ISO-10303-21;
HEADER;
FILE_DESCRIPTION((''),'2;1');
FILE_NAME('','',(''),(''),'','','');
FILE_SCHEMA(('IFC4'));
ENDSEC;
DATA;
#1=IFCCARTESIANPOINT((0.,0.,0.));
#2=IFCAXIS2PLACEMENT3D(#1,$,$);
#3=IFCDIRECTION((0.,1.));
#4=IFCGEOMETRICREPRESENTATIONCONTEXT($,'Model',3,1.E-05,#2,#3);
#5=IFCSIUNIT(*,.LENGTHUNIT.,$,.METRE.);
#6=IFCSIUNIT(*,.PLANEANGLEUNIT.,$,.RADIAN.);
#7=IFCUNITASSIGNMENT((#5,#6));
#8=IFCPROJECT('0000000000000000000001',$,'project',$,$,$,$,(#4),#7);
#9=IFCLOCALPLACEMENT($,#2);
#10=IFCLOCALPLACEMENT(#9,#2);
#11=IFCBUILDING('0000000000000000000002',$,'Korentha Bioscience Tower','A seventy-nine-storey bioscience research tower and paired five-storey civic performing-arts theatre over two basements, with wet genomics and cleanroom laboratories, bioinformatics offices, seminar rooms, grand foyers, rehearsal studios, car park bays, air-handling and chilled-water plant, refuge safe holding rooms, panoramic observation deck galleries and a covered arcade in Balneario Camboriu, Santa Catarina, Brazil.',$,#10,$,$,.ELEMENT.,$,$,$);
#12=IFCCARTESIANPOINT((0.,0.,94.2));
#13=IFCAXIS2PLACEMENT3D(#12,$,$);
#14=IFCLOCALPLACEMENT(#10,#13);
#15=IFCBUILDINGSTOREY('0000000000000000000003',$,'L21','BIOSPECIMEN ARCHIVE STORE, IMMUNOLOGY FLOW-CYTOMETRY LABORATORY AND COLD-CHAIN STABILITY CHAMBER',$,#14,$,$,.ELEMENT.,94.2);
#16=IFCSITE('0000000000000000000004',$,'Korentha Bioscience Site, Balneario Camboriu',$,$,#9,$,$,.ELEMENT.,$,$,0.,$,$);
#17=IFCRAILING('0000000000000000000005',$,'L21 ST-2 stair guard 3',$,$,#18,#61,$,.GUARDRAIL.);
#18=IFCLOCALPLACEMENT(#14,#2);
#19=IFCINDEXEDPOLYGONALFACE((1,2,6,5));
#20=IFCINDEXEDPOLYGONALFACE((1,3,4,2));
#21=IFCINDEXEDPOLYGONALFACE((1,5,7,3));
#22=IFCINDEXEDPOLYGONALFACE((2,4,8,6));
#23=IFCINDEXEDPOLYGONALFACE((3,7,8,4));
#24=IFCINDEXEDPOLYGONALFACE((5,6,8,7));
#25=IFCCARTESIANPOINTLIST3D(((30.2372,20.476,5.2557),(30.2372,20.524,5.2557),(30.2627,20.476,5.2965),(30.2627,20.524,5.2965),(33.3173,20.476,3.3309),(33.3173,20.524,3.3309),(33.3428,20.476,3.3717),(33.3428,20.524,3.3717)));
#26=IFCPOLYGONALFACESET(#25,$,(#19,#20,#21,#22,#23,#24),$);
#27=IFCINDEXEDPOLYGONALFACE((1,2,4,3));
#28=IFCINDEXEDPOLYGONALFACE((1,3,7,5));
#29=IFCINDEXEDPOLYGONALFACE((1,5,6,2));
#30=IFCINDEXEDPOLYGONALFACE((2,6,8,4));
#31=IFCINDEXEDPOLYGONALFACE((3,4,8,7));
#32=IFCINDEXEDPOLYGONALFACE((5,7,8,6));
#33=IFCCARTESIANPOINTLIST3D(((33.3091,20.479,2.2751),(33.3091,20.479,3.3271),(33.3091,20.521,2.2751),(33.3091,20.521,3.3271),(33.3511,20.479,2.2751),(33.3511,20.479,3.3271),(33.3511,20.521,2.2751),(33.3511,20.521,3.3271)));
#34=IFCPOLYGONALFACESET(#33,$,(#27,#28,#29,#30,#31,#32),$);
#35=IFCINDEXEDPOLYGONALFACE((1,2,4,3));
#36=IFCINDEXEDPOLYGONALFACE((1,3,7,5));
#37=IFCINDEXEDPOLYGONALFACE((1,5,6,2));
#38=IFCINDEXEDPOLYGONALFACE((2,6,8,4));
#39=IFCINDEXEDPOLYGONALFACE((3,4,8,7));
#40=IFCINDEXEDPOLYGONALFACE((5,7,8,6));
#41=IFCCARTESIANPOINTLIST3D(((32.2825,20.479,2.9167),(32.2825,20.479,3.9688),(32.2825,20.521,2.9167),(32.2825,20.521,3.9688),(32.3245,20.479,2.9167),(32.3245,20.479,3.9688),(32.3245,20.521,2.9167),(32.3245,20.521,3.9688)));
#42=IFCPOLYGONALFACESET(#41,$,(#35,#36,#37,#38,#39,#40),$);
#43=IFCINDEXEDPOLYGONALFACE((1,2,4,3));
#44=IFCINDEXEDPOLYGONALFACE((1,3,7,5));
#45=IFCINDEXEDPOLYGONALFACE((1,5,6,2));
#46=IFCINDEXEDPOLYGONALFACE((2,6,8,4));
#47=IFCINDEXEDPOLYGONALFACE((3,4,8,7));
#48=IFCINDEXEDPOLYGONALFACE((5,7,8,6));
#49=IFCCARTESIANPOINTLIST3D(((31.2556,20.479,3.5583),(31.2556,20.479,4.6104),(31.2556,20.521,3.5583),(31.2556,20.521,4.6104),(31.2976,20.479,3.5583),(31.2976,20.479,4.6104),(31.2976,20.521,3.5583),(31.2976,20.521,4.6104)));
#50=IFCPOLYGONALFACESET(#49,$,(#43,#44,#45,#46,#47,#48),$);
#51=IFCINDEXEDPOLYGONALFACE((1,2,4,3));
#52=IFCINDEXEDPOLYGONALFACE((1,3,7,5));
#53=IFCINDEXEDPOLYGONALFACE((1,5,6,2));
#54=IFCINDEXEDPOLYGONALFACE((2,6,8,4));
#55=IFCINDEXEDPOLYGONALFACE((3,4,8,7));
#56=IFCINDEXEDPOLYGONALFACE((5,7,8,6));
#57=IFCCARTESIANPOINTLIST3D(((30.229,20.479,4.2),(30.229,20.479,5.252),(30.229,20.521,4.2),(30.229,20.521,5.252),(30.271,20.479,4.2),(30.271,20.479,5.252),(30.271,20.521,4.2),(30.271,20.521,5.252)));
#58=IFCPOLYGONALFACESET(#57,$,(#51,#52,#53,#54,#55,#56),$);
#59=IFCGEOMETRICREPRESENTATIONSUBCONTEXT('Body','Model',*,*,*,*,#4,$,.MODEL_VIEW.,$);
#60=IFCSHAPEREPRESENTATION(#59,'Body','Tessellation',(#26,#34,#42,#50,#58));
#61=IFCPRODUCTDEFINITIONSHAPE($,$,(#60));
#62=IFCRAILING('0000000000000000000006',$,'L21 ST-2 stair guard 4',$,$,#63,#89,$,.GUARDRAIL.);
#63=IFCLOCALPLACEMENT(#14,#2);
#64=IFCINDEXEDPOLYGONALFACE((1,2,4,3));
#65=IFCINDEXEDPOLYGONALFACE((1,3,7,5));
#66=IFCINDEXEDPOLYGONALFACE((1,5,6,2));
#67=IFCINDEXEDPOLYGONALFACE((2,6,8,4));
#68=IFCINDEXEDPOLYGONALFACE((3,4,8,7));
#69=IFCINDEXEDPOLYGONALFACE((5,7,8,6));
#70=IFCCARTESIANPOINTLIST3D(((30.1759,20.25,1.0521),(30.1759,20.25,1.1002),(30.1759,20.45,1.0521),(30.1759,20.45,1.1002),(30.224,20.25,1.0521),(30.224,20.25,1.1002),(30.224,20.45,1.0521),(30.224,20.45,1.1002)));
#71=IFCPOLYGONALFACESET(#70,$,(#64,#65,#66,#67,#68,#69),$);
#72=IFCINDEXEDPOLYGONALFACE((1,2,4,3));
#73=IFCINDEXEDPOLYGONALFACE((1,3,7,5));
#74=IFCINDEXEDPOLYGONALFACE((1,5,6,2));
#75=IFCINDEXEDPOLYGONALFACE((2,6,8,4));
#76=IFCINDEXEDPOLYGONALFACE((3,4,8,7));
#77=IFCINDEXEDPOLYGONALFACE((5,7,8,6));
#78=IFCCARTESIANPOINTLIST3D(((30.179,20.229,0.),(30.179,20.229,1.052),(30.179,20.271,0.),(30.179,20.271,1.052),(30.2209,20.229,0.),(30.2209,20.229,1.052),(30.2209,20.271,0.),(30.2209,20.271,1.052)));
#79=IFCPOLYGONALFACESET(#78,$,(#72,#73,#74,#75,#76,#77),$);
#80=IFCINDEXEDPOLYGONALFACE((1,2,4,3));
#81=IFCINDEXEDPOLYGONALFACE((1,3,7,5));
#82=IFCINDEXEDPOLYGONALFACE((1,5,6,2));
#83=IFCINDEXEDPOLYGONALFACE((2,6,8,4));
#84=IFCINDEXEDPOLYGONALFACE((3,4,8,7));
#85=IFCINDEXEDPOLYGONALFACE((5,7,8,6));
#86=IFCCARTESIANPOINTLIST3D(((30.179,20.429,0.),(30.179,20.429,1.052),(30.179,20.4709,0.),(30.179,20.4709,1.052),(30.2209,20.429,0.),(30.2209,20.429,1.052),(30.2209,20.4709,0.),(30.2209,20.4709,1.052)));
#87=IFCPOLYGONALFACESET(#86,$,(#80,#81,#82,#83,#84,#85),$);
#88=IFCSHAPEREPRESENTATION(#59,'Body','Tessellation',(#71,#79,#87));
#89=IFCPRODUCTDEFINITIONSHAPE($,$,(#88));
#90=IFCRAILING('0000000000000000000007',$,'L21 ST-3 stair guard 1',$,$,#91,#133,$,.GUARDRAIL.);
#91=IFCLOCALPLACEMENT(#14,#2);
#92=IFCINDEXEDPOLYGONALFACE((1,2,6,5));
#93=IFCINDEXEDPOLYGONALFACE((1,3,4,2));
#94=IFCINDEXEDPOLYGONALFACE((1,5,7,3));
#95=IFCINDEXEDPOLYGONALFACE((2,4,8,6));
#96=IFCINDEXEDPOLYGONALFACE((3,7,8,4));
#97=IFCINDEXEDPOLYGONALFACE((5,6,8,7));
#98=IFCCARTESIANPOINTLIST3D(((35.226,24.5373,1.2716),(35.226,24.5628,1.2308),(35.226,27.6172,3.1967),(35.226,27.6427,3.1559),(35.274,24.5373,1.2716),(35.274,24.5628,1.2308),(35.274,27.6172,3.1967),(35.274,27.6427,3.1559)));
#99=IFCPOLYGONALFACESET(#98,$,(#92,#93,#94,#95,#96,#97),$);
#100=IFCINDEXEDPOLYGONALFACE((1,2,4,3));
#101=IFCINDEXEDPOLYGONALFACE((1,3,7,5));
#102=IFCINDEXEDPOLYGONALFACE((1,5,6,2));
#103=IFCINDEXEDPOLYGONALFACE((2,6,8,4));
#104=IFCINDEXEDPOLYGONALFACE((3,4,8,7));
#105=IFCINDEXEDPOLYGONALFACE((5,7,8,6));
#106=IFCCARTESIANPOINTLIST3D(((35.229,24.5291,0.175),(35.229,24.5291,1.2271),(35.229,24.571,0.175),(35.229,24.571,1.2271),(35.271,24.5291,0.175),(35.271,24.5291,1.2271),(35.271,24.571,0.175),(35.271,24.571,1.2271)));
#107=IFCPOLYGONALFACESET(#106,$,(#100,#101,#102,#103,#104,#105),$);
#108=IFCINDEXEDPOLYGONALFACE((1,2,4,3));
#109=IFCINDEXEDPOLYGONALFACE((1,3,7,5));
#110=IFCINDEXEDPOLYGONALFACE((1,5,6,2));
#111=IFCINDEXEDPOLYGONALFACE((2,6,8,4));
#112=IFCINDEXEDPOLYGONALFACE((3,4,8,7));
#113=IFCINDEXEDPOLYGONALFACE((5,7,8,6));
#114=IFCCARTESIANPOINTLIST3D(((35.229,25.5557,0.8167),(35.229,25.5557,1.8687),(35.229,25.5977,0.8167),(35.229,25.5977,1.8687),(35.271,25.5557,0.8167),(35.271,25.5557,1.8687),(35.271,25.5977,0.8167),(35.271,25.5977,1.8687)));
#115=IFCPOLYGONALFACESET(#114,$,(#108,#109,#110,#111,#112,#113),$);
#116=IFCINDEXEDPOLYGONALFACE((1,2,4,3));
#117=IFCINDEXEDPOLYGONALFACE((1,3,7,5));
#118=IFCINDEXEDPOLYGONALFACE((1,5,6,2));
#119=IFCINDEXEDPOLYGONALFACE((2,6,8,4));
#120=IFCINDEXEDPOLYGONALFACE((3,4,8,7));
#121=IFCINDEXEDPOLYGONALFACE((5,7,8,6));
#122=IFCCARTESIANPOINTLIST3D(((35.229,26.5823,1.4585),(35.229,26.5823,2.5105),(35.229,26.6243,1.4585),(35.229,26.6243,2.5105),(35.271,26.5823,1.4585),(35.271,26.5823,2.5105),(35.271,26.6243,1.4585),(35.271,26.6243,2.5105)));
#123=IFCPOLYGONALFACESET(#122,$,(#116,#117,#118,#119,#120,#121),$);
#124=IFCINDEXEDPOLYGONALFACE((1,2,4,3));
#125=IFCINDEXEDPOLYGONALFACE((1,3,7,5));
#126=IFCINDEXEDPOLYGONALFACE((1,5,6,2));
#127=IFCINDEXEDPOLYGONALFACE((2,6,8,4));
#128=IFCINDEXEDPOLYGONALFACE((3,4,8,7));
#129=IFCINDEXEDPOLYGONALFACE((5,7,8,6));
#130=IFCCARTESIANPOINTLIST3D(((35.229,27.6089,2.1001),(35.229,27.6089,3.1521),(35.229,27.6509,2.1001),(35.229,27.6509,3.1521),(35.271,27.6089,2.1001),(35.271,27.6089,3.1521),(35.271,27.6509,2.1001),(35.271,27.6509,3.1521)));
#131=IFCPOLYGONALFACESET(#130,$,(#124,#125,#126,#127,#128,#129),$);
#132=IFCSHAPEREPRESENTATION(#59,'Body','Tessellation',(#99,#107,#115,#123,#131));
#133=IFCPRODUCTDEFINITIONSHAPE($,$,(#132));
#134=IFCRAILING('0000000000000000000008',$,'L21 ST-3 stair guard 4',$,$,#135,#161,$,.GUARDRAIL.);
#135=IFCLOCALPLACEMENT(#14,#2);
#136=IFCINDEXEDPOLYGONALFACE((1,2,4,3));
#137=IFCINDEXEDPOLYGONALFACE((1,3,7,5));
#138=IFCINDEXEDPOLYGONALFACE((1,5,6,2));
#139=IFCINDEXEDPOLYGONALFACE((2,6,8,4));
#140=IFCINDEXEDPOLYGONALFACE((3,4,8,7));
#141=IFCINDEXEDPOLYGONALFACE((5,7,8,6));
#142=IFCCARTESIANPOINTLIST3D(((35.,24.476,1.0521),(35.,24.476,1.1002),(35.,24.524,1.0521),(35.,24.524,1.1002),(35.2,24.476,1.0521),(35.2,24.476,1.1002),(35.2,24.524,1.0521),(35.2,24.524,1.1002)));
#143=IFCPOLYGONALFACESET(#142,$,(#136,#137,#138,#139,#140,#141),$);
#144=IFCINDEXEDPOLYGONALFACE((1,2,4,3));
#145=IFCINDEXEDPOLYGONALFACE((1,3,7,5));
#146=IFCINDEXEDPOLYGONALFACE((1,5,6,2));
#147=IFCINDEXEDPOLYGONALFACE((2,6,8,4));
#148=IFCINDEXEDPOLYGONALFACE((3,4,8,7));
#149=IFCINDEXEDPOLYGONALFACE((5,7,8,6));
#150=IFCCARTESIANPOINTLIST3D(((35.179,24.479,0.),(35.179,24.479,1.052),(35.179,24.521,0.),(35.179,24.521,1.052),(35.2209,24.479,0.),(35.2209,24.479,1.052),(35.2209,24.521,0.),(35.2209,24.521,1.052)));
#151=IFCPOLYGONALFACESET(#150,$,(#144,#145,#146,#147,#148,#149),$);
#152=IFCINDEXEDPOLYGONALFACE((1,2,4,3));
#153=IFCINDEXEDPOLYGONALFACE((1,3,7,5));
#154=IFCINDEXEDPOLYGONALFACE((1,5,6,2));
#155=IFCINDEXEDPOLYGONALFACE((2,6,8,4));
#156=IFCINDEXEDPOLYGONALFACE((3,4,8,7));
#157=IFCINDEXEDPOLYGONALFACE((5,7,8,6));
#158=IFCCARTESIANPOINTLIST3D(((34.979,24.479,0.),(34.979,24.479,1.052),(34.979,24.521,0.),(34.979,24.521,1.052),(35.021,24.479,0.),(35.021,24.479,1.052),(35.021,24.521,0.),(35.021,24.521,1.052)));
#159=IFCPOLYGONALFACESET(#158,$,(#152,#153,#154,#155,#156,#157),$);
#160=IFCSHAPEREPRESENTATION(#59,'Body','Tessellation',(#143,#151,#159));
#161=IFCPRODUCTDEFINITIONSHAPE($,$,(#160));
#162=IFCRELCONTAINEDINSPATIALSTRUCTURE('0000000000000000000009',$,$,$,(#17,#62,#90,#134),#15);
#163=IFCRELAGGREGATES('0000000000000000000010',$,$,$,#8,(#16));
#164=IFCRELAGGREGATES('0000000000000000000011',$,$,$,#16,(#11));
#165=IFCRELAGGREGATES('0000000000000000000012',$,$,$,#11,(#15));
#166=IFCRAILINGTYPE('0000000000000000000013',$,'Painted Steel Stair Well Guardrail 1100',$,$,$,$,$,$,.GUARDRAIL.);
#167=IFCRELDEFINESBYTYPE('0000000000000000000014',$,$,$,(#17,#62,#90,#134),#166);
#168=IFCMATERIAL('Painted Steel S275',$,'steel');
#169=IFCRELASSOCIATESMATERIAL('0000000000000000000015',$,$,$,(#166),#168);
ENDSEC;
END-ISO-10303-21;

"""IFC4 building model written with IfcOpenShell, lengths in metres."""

from ifc_helpers import new_model, si_unit, direction, frame, origin, origin_2d, place, context, subcontext, project, spatial, rectangle, extrude, material, type_object, element, save


model = new_model("IFC4")

# Units and contexts
model_context = context("Model", 3, precision=1e-05, world=origin(), true_north=direction((0.0, 1.0)))
body_context = subcontext(model_context, "Body", "Model", "MODEL_VIEW")
ifc_project = project(units=[si_unit("LENGTHUNIT", "METRE"), si_unit("PLANEANGLEUNIT", "RADIAN")], contexts=[model_context])

# Site, building, storey
site_placement = place(None, origin())
site = spatial("IfcSite", under=ifc_project, at=site_placement, Name="Korentha Bioscience Site, Balneario Camboriu", CompositionType="ELEMENT", RefElevation=0.0)
building_placement = place(site_placement, origin())
building = spatial("IfcBuilding", under=site, at=building_placement, Name="Korentha Bioscience Tower", Description="A seventy-nine-storey bioscience research tower and paired five-storey civic performing-arts theatre over two basements, with wet genomics and cleanroom laboratories, bioinformatics offices, seminar rooms, grand foyers, rehearsal studios, car park bays, air-handling and chilled-water plant, refuge safe holding rooms, panoramic observation deck galleries and a covered arcade in Balneario Camboriu, Santa Catarina, Brazil.", CompositionType="ELEMENT")
storey_placement = place(building_placement, frame((0.0, 0.0, 94.2)))
storey = spatial("IfcBuildingStorey", under=building, at=storey_placement, Name="L21", Description="BIOSPECIMEN ARCHIVE STORE, IMMUNOLOGY FLOW-CYTOMETRY LABORATORY AND COLD-CHAIN STABILITY CHAMBER", CompositionType="ELEMENT", Elevation=94.2)

# Railings
ifc_material_1 = material(Name="Painted Steel S275", Category="steel")
railing_type_1 = type_object("IfcRailingType", Name="Painted Steel Stair Well Guardrail 1100", PredefinedType="GUARDRAIL", material=ifc_material_1)
railing_1_placement = place(storey_placement, frame((33.3301, 20.5, 2.2751)))
element("IfcRailing", 1, at=railing_1_placement, inside=storey, type_object=railing_type_1, Name="L21 ST-2 stair guard 3", PredefinedType="GUARDRAIL", context=body_context, shape_type="SweptSolid", body=[
    extrude(rectangle(XDim=0.0481, YDim=0.0481, at=origin_2d()), frame((0.0, 0.0, 1.0762), z_axis=(-0.848029, 0.0, 0.529951), x_axis=(0.0, -1.0, 0.0)), (0.0, 0.0, 1.0), 3.6321),
    extrude(rectangle(XDim=0.042, YDim=0.042, at=origin_2d()), origin(), (0.0, 0.0, 1.0), 1.052),
    extrude(rectangle(XDim=0.042, YDim=0.042, at=origin_2d()), frame((-1.0266, 0.0, 0.6416)), (0.0, 0.0, 1.0), 1.052),
    extrude(rectangle(XDim=0.042, YDim=0.042, at=origin_2d()), frame((-2.0535, 0.0, 1.2832)), (0.0, 0.0, 1.0), 1.052),
    extrude(rectangle(XDim=0.042, YDim=0.042, at=origin_2d()), frame((-3.0801, 0.0, 1.9248)), (0.0, 0.0, 1.0), 1.052),
])
railing_2_placement = place(storey_placement, frame((30.2, 20.25, 0.0)))
element("IfcRailing", 2, at=railing_2_placement, inside=storey, type_object=railing_type_1, Name="L21 ST-2 stair guard 4", PredefinedType="GUARDRAIL", context=body_context, shape_type="SweptSolid", body=[
    extrude(rectangle(XDim=0.0481, YDim=0.0481, at=origin_2d()), frame((0.0, 0.0, 1.0762), z_axis=(0.0, 1.0, 0.0), x_axis=(-1.0, 0.0, 0.0)), (0.0, 0.0, 1.0), 0.2),
    extrude(rectangle(XDim=0.042, YDim=0.042, at=origin_2d()), origin(), (0.0, 0.0, 1.0), 1.052),
    extrude(rectangle(XDim=0.042, YDim=0.042, at=origin_2d()), frame((0.0, 0.2, 0.0)), (0.0, 0.0, 1.0), 1.052),
])
railing_3_placement = place(storey_placement, frame((35.25, 24.55, 0.175)))
element("IfcRailing", 3, at=railing_3_placement, inside=storey, type_object=railing_type_1, Name="L21 ST-3 stair guard 1", PredefinedType="GUARDRAIL", context=body_context, shape_type="SweptSolid", body=[
    extrude(rectangle(XDim=0.0481, YDim=0.0481, at=origin_2d()), frame((0.0, 0.0, 1.0762), z_axis=(0.0, 0.847979, 0.530029), x_axis=(-1.0, 0.0, 0.0)), (0.0, 0.0, 1.0), 3.6321),
    extrude(rectangle(XDim=0.042, YDim=0.042, at=origin_2d()), origin(), (0.0, 0.0, 1.0), 1.052),
    extrude(rectangle(XDim=0.042, YDim=0.042, at=origin_2d()), frame((0.0, 1.0266, 0.6416)), (0.0, 0.0, 1.0), 1.052),
    extrude(rectangle(XDim=0.042, YDim=0.042, at=origin_2d()), frame((0.0, 2.0532, 1.2834)), (0.0, 0.0, 1.0), 1.052),
    extrude(rectangle(XDim=0.042, YDim=0.042, at=origin_2d()), frame((0.0, 3.0798, 1.925)), (0.0, 0.0, 1.0), 1.052),
])
railing_4_placement = place(storey_placement, frame((35.2, 24.5, 0.0)))
element("IfcRailing", 4, at=railing_4_placement, inside=storey, type_object=railing_type_1, Name="L21 ST-3 stair guard 4", PredefinedType="GUARDRAIL", context=body_context, shape_type="SweptSolid", body=[
    extrude(rectangle(XDim=0.0481, YDim=0.0481, at=origin_2d()), frame((0.0, 0.0, 1.0762), z_axis=(-1.0, 0.0, 0.0), x_axis=(0.0, -1.0, 0.0)), (0.0, 0.0, 1.0), 0.2),
    extrude(rectangle(XDim=0.042, YDim=0.042, at=origin_2d()), origin(), (0.0, 0.0, 1.0), 1.052),
    extrude(rectangle(XDim=0.042, YDim=0.042, at=origin_2d()), frame((-0.2, 0.0, 0.0)), (0.0, 0.0, 1.0), 1.052),
])

save(model, "model.ifc")
